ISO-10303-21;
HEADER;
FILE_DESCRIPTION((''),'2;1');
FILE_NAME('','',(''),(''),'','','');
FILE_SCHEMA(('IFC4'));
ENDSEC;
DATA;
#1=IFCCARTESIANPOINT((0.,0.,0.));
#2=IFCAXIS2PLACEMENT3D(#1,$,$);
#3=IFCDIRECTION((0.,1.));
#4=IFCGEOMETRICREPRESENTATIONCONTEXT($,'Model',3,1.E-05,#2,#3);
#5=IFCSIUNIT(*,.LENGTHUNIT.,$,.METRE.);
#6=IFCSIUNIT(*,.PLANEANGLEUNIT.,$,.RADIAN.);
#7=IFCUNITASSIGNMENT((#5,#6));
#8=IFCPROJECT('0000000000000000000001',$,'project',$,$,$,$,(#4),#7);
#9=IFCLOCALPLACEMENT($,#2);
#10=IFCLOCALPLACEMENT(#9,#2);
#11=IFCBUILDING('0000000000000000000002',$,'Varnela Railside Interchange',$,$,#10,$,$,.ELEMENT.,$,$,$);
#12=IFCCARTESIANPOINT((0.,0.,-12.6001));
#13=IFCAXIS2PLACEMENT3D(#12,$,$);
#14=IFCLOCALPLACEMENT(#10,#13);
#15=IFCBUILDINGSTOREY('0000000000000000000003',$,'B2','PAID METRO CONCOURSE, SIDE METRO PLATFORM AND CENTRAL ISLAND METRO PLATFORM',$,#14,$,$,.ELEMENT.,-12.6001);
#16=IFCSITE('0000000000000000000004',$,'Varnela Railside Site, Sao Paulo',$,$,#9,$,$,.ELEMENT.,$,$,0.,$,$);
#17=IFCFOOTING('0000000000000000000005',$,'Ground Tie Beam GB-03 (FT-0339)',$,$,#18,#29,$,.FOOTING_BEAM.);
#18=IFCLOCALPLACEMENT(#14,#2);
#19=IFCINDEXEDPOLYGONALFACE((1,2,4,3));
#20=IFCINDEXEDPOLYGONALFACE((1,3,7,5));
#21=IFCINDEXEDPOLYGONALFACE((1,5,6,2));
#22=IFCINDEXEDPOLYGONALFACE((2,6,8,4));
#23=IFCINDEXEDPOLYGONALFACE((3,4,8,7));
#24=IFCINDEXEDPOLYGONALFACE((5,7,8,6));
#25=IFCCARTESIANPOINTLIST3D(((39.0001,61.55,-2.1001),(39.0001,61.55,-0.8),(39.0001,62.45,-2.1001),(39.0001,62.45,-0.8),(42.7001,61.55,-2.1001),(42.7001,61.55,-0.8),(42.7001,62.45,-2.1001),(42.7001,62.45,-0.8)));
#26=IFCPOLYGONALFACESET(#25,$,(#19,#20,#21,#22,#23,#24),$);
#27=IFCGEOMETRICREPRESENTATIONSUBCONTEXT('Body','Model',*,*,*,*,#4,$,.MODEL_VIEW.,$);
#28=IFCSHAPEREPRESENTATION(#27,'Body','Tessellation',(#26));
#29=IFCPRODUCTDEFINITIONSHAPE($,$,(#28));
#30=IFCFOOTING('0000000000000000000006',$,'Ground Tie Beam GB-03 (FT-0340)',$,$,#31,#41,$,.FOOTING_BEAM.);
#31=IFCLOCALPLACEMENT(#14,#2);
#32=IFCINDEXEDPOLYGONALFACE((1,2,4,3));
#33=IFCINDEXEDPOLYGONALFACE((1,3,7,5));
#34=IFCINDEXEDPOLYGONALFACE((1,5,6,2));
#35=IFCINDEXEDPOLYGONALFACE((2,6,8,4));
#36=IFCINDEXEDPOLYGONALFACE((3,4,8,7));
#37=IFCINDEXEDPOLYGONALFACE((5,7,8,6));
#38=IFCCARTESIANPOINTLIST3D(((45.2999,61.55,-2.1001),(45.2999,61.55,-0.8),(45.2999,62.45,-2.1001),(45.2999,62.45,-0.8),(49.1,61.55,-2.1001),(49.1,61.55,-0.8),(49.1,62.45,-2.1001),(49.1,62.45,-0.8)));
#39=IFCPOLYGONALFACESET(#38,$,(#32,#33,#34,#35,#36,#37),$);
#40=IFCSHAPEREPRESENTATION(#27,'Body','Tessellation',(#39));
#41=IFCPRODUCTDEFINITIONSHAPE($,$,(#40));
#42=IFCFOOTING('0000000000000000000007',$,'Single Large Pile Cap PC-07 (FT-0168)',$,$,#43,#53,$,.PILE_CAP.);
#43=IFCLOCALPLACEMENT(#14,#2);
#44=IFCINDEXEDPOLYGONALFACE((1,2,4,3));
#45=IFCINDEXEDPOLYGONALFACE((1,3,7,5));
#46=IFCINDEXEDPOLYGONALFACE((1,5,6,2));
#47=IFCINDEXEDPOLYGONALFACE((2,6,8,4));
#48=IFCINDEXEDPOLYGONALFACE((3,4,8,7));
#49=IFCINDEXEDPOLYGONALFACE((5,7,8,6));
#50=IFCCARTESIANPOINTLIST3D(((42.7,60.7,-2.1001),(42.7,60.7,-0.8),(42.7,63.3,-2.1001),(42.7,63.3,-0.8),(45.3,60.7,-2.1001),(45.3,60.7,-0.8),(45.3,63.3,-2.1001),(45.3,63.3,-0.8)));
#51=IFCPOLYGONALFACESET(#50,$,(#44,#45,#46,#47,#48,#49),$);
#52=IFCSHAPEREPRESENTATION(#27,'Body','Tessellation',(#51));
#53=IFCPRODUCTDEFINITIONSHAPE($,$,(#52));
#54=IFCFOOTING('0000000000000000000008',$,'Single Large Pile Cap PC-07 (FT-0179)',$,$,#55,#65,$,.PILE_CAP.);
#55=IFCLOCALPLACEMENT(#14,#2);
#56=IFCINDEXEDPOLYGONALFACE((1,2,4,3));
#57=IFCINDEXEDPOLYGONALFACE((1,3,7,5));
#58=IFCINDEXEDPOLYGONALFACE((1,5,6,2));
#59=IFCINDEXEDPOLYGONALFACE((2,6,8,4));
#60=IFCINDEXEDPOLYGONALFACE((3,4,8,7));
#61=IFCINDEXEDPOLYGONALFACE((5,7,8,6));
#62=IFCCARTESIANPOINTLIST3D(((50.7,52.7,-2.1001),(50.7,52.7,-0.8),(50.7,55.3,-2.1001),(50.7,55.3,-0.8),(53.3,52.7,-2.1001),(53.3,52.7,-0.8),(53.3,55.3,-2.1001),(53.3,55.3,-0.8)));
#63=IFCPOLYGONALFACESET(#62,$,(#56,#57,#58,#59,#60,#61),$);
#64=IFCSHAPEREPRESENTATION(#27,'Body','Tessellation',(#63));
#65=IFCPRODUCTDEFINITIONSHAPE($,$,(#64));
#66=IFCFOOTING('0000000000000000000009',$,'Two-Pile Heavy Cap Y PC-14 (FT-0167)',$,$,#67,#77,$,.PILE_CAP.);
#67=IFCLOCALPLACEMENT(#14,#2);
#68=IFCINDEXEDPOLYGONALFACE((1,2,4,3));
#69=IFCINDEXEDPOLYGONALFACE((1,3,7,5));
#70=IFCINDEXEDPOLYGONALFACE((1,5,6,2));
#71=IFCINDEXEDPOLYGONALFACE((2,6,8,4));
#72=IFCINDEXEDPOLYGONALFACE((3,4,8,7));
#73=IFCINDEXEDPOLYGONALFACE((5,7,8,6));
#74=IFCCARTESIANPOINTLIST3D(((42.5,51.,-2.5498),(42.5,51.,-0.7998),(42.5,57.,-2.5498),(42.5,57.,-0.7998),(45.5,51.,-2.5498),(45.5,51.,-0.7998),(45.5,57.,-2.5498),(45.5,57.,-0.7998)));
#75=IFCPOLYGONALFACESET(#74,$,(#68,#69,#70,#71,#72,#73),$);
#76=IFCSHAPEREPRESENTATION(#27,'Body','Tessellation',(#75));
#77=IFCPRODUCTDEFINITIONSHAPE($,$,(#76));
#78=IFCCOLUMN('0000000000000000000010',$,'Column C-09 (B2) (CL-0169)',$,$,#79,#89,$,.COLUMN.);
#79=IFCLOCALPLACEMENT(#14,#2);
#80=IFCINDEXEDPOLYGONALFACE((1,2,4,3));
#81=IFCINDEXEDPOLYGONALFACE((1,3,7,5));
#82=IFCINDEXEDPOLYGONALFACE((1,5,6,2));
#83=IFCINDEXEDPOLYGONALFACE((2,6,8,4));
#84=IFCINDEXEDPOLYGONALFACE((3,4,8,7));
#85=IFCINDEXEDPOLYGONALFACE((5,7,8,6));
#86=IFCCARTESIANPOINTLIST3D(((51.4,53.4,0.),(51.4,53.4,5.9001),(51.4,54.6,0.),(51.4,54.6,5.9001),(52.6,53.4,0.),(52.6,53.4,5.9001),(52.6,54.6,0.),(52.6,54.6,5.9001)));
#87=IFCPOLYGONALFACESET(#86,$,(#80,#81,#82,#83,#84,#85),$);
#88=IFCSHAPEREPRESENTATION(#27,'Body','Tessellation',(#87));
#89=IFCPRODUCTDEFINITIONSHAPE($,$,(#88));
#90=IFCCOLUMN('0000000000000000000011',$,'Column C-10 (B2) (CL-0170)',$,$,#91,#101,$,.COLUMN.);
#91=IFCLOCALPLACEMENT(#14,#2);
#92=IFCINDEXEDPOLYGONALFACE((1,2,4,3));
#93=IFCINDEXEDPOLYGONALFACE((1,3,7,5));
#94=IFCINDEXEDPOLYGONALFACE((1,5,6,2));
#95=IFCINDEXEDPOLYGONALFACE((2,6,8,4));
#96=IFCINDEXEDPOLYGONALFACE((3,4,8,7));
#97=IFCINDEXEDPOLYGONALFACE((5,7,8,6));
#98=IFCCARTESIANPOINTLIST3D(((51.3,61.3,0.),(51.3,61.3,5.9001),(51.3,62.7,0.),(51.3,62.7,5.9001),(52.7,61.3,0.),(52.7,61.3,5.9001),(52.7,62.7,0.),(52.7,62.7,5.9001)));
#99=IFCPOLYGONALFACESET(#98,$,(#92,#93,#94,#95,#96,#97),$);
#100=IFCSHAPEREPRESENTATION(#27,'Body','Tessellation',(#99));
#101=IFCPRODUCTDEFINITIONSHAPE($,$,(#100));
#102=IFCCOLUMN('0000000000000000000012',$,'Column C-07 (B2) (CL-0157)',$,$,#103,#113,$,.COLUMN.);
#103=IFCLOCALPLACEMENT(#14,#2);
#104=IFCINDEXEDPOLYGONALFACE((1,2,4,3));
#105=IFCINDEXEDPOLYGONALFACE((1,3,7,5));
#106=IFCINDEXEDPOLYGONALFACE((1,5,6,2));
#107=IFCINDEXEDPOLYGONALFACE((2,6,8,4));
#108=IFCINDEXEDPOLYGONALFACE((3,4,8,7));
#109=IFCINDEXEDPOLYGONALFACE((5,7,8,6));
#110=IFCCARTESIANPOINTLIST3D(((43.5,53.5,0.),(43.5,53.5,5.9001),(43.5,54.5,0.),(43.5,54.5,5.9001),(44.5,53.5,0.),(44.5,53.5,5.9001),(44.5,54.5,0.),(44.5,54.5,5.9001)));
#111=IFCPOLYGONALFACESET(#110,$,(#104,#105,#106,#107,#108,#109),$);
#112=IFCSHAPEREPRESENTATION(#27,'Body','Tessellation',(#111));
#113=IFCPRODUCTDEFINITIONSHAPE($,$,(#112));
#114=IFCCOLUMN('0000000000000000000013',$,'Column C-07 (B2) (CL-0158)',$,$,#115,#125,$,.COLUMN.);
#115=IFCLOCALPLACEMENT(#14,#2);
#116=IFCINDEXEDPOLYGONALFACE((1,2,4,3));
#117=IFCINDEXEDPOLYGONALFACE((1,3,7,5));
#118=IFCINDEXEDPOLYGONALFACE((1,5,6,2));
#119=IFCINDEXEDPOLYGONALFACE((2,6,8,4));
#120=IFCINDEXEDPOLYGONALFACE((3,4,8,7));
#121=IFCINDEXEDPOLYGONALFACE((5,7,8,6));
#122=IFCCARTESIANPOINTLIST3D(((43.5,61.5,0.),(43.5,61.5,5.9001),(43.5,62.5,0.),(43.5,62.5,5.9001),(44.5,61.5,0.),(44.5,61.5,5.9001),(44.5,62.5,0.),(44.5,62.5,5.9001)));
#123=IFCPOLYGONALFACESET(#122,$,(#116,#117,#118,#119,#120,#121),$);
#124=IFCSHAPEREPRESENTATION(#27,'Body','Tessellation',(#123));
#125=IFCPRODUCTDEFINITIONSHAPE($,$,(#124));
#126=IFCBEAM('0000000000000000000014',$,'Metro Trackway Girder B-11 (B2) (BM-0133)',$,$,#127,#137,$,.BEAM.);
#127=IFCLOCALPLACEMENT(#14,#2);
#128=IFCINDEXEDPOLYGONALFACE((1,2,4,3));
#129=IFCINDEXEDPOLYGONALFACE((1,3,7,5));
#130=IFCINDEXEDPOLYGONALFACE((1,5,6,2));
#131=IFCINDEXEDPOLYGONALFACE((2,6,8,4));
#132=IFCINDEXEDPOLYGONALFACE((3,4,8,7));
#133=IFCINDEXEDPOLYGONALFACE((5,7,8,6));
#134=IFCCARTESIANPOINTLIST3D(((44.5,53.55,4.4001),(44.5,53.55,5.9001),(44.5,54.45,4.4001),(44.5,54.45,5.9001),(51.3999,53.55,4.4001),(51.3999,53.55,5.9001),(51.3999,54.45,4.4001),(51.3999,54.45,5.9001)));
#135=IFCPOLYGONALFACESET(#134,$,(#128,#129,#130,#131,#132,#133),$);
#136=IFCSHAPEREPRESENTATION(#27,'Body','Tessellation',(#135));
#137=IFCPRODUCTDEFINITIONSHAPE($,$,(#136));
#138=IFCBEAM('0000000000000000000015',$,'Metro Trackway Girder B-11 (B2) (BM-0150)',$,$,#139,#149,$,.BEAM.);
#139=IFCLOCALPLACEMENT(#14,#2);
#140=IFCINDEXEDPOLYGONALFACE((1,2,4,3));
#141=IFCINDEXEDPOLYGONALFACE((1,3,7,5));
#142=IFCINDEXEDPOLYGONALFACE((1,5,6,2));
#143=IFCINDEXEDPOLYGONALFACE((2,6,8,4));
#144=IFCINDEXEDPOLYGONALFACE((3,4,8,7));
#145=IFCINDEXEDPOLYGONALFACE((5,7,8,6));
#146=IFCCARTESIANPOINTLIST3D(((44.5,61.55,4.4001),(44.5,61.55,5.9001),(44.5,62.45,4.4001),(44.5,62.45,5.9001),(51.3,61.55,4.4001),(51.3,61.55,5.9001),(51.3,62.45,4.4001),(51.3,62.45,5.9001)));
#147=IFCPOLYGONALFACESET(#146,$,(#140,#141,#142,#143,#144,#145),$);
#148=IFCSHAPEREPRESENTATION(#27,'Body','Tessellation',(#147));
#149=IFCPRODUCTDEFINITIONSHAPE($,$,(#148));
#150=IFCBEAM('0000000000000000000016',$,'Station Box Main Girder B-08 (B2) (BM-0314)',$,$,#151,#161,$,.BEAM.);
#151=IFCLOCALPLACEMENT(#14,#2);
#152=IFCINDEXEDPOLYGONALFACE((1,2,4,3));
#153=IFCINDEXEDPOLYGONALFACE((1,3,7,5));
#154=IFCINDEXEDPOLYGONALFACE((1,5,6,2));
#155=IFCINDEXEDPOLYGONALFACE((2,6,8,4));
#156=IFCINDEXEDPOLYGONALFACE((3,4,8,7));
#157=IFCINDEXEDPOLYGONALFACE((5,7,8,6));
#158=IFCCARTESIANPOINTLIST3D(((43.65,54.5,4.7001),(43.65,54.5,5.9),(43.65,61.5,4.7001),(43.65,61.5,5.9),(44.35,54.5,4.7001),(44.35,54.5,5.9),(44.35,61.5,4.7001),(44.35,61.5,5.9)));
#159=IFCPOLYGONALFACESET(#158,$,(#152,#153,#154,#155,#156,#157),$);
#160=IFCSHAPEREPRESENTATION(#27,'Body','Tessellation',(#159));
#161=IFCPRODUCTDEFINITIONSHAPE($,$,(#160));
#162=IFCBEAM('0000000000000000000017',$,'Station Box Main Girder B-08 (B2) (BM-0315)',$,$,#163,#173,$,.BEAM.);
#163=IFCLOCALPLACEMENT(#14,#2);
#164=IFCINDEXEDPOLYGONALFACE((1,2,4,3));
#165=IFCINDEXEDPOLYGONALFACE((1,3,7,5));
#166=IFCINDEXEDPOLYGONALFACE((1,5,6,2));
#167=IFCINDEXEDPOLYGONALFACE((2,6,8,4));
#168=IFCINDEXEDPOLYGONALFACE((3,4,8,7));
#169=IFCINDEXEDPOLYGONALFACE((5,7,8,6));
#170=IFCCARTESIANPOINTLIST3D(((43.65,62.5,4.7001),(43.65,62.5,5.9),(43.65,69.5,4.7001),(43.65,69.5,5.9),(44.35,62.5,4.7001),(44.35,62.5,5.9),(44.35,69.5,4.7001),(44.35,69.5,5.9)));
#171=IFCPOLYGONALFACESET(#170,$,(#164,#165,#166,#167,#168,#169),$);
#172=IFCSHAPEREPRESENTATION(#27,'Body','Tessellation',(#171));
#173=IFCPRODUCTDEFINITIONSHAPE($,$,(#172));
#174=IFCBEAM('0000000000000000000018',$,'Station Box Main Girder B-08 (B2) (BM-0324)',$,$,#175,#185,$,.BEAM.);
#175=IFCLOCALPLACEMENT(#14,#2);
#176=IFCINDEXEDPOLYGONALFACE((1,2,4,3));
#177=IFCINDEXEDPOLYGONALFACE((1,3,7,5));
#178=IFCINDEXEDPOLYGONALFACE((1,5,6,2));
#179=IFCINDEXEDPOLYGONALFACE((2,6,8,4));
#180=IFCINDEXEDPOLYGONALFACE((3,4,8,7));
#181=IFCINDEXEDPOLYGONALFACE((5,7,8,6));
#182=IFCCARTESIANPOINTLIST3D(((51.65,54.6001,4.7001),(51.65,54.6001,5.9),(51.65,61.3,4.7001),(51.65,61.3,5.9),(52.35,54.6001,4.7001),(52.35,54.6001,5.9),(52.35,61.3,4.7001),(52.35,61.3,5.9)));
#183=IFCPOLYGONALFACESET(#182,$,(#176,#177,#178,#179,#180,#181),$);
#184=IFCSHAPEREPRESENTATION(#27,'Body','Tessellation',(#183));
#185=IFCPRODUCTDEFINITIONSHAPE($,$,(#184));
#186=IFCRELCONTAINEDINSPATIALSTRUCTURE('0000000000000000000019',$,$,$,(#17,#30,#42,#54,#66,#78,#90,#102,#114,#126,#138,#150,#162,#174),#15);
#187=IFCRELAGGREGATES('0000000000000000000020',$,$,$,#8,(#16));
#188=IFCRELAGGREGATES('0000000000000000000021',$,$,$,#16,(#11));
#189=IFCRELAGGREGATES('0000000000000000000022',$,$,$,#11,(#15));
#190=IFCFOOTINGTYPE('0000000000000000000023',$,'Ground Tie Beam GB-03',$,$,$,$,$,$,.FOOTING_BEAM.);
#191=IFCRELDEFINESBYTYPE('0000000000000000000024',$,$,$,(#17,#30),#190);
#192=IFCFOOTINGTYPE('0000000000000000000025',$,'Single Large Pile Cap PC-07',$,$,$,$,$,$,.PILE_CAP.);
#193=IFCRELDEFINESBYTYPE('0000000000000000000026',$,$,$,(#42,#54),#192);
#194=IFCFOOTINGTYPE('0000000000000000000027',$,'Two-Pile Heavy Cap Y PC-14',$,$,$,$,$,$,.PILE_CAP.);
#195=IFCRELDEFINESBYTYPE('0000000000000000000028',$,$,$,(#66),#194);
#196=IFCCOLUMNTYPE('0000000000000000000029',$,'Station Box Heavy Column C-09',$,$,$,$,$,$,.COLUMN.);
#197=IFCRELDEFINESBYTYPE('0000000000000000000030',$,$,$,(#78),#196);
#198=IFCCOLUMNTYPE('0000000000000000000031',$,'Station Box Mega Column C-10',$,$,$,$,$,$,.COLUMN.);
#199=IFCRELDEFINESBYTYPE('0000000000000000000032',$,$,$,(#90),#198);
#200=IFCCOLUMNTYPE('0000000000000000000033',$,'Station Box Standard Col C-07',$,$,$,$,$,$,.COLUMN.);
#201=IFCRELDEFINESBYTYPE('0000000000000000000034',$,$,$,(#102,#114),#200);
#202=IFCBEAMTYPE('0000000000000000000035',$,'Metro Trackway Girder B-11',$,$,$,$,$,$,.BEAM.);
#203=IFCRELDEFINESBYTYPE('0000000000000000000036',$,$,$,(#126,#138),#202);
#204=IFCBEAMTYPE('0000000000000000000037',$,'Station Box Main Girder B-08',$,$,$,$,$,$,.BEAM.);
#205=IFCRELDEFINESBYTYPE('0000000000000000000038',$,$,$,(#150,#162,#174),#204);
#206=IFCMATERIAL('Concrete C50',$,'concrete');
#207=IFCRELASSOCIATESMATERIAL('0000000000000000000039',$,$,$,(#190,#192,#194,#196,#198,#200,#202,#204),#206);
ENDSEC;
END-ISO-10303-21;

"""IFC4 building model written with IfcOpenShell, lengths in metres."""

from ifc_helpers import new_model, si_unit, direction, frame, origin, origin_2d, place, context, subcontext, project, spatial, rectangle, extrude, material, material_profile, profile_set, type_object, element, save


model = new_model("IFC4")

# Units and contexts
model_context = context("Model", 3, precision=1e-05, world=origin(), true_north=direction((0.0, 1.0)))
body_context = subcontext(model_context, "Body", "Model", "MODEL_VIEW")
ifc_project = project(units=[si_unit("LENGTHUNIT", "METRE"), si_unit("PLANEANGLEUNIT", "RADIAN")], contexts=[model_context])

# Site, building, storey
site_placement = place(None, origin())
site = spatial("IfcSite", under=ifc_project, at=site_placement, Name="Varnela Railside Site, Sao Paulo", CompositionType="ELEMENT", RefElevation=0.0)
building_placement = place(site_placement, origin())
building = spatial("IfcBuilding", under=site, at=building_placement, Name="Varnela Railside Interchange", CompositionType="ELEMENT")
storey_placement = place(building_placement, frame((0.0, 0.0, -12.6001)))
storey = spatial("IfcBuildingStorey", under=building, at=storey_placement, Name="B2", Description="PAID METRO CONCOURSE, SIDE METRO PLATFORM AND CENTRAL ISLAND METRO PLATFORM", CompositionType="ELEMENT", Elevation=-12.6001)

# Footings
ifc_material_1 = material(Name="Concrete C50", Category="concrete")
footing_type_1 = type_object("IfcFootingType", Name="Ground Tie Beam GB-03", PredefinedType="FOOTING_BEAM", material=ifc_material_1)
footing_1_placement = place(storey_placement, frame((40.8501, 62.0, -2.1001), z_axis=(0.0, 0.0, 1.0), x_axis=(1.0, 0.0, 0.0)))
element("IfcFooting", 1, at=footing_1_placement, inside=storey, type_object=footing_type_1, Name="Ground Tie Beam GB-03 (FT-0339)", PredefinedType="FOOTING_BEAM", context=body_context, shape_type="SweptSolid", body=[
    extrude(rectangle(XDim=3.7, YDim=0.8999, at=origin_2d()), origin(), (0.0, 0.0, 1.0), 1.3),
])
footing_2_placement = place(storey_placement, frame((47.2, 62.0, -2.1001), z_axis=(0.0, 0.0, 1.0), x_axis=(1.0, 0.0, 0.0)))
element("IfcFooting", 2, at=footing_2_placement, inside=storey, type_object=footing_type_1, Name="Ground Tie Beam GB-03 (FT-0340)", PredefinedType="FOOTING_BEAM", context=body_context, shape_type="SweptSolid", body=[
    extrude(rectangle(XDim=3.8, YDim=0.8999, at=origin_2d()), origin(), (0.0, 0.0, 1.0), 1.3),
])
footing_type_2 = type_object("IfcFootingType", Name="Single Large Pile Cap PC-07", PredefinedType="PILE_CAP", material=ifc_material_1)
for number, where, z_axis, x_axis, name in (
    (3, (44.0, 62.0, -2.1001), (0.0, 0.0, 1.0), (1.0, 0.0, 0.0), "Single Large Pile Cap PC-07 (FT-0168)"),
    (4, (52.0, 54.0, -2.1001), (0.0, 0.0, 1.0), (1.0, 0.0, 0.0), "Single Large Pile Cap PC-07 (FT-0179)"),
):
    element("IfcFooting", number, at=place(storey_placement, frame(where, z_axis=z_axis, x_axis=x_axis)), inside=storey, type_object=footing_type_2, Name=name, PredefinedType="PILE_CAP", context=body_context, shape_type="SweptSolid", body=[
        extrude(rectangle(XDim=2.6001, YDim=2.6001, at=origin_2d()), origin(), (0.0, 0.0, 1.0), 1.3),
    ])
footing_type_3 = type_object("IfcFootingType", Name="Two-Pile Heavy Cap Y PC-14", PredefinedType="PILE_CAP", material=ifc_material_1)
footing_3_placement = place(storey_placement, frame((44.0, 54.0, -2.5498), z_axis=(0.0, 0.0, 1.0), x_axis=(1.0, 0.0, 0.0)))
element("IfcFooting", 5, at=footing_3_placement, inside=storey, type_object=footing_type_3, Name="Two-Pile Heavy Cap Y PC-14 (FT-0167)", PredefinedType="PILE_CAP", context=body_context, shape_type="SweptSolid", body=[
    extrude(rectangle(XDim=3.0, YDim=6.0, at=origin_2d()), origin(), (0.0, 0.0, 1.0), 1.75),
])

# Columns
ifc_material_profile_1 = material_profile(ifc_material_1, rectangle(XDim=1.2, YDim=1.2, at=origin_2d()), Name="RC 1200x1200")
ifc_profile_set_1 = profile_set([ifc_material_profile_1], Name="Concrete C50")
column_type_1 = type_object("IfcColumnType", Name="Station Box Heavy Column C-09", PredefinedType="COLUMN", material=ifc_profile_set_1)
column_1_placement = place(storey_placement, frame((52.0, 54.0, 0.0), z_axis=(0.0, 0.0, 1.0), x_axis=(1.0, 0.0, 0.0)))
element("IfcColumn", 6, at=column_1_placement, inside=storey, type_object=column_type_1, Name="Column C-09 (B2) (CL-0169)", PredefinedType="COLUMN", context=body_context, shape_type="SweptSolid", body=[
    extrude(rectangle(XDim=1.2, YDim=1.2, at=origin_2d()), origin(), (0.0, 0.0, 1.0), 5.9001),
])
ifc_material_profile_2 = material_profile(ifc_material_1, rectangle(XDim=1.3999, YDim=1.3999, at=origin_2d()), Name="RC 1400x1400")
ifc_profile_set_2 = profile_set([ifc_material_profile_2], Name="Concrete C50")
column_type_2 = type_object("IfcColumnType", Name="Station Box Mega Column C-10", PredefinedType="COLUMN", material=ifc_profile_set_2)
column_2_placement = place(storey_placement, frame((52.0, 62.0, 0.0), z_axis=(0.0, 0.0, 1.0), x_axis=(1.0, 0.0, 0.0)))
element("IfcColumn", 7, at=column_2_placement, inside=storey, type_object=column_type_2, Name="Column C-10 (B2) (CL-0170)", PredefinedType="COLUMN", context=body_context, shape_type="SweptSolid", body=[
    extrude(rectangle(XDim=1.3999, YDim=1.3999, at=origin_2d()), origin(), (0.0, 0.0, 1.0), 5.9001),
])
ifc_material_profile_3 = material_profile(ifc_material_1, rectangle(XDim=1.0, YDim=1.0, at=origin_2d()), Name="RC 1000x1000")
ifc_profile_set_3 = profile_set([ifc_material_profile_3], Name="Concrete C50")
column_type_3 = type_object("IfcColumnType", Name="Station Box Standard Col C-07", PredefinedType="COLUMN", material=ifc_profile_set_3)
for number, where, z_axis, x_axis, name in (
    (8, (44.0, 54.0, 0.0), (0.0, 0.0, 1.0), (1.0, 0.0, 0.0), "Column C-07 (B2) (CL-0157)"),
    (9, (44.0, 62.0, 0.0), (0.0, 0.0, 1.0), (1.0, 0.0, 0.0), "Column C-07 (B2) (CL-0158)"),
):
    element("IfcColumn", number, at=place(storey_placement, frame(where, z_axis=z_axis, x_axis=x_axis)), inside=storey, type_object=column_type_3, Name=name, PredefinedType="COLUMN", context=body_context, shape_type="SweptSolid", body=[
        extrude(rectangle(XDim=1.0, YDim=1.0, at=origin_2d()), origin(), (0.0, 0.0, 1.0), 5.9001),
    ])

# Beams
ifc_material_profile_4 = material_profile(ifc_material_1, rectangle(XDim=0.8999, YDim=1.5, at=origin_2d()), Name="RC 900x1500")
ifc_profile_set_4 = profile_set([ifc_material_profile_4], Name="Concrete C50")
beam_type_1 = type_object("IfcBeamType", Name="Metro Trackway Girder B-11", PredefinedType="BEAM", material=ifc_profile_set_4)
beam_1_placement = place(storey_placement, frame((44.5, 54.0, 5.1501), z_axis=(1.0, 0.0, 0.0), x_axis=(0.0, 1.0, 0.0)))
element("IfcBeam", 10, at=beam_1_placement, inside=storey, type_object=beam_type_1, Name="Metro Trackway Girder B-11 (B2) (BM-0133)", PredefinedType="BEAM", context=body_context, shape_type="SweptSolid", body=[
    extrude(rectangle(XDim=0.8999, YDim=1.5, at=origin_2d()), origin(), (0.0, 0.0, 1.0), 6.8999),
])
beam_2_placement = place(storey_placement, frame((44.5, 62.0, 5.1501), z_axis=(1.0, 0.0, 0.0), x_axis=(0.0, 1.0, 0.0)))
element("IfcBeam", 11, at=beam_2_placement, inside=storey, type_object=beam_type_1, Name="Metro Trackway Girder B-11 (B2) (BM-0150)", PredefinedType="BEAM", context=body_context, shape_type="SweptSolid", body=[
    extrude(rectangle(XDim=0.8999, YDim=1.5, at=origin_2d()), origin(), (0.0, 0.0, 1.0), 6.8),
])
ifc_material_profile_5 = material_profile(ifc_material_1, rectangle(XDim=0.7, YDim=1.2, at=origin_2d()), Name="RC 700x1200")
ifc_profile_set_5 = profile_set([ifc_material_profile_5], Name="Concrete C50")
beam_type_2 = type_object("IfcBeamType", Name="Station Box Main Girder B-08", PredefinedType="BEAM", material=ifc_profile_set_5)
for number, where, z_axis, x_axis, name in (
    (12, (44.0, 54.5, 5.3), (0.0, 1.0, 0.0), (-1.0, 0.0, 0.0), "Station Box Main Girder B-08 (B2) (BM-0314)"),
    (13, (44.0, 62.5, 5.3), (0.0, 1.0, 0.0), (-1.0, 0.0, 0.0), "Station Box Main Girder B-08 (B2) (BM-0315)"),
):
    element("IfcBeam", number, at=place(storey_placement, frame(where, z_axis=z_axis, x_axis=x_axis)), inside=storey, type_object=beam_type_2, Name=name, PredefinedType="BEAM", context=body_context, shape_type="SweptSolid", body=[
        extrude(rectangle(XDim=0.7, YDim=1.2, at=origin_2d()), origin(), (0.0, 0.0, 1.0), 7.0),
    ])
beam_3_placement = place(storey_placement, frame((52.0, 54.6001, 5.3), z_axis=(0.0, 1.0, 0.0), x_axis=(-1.0, 0.0, 0.0)))
element("IfcBeam", 14, at=beam_3_placement, inside=storey, type_object=beam_type_2, Name="Station Box Main Girder B-08 (B2) (BM-0324)", PredefinedType="BEAM", context=body_context, shape_type="SweptSolid", body=[
    extrude(rectangle(XDim=0.7, YDim=1.2, at=origin_2d()), origin(), (0.0, 0.0, 1.0), 6.7),
])

save(model, "model.ifc")
